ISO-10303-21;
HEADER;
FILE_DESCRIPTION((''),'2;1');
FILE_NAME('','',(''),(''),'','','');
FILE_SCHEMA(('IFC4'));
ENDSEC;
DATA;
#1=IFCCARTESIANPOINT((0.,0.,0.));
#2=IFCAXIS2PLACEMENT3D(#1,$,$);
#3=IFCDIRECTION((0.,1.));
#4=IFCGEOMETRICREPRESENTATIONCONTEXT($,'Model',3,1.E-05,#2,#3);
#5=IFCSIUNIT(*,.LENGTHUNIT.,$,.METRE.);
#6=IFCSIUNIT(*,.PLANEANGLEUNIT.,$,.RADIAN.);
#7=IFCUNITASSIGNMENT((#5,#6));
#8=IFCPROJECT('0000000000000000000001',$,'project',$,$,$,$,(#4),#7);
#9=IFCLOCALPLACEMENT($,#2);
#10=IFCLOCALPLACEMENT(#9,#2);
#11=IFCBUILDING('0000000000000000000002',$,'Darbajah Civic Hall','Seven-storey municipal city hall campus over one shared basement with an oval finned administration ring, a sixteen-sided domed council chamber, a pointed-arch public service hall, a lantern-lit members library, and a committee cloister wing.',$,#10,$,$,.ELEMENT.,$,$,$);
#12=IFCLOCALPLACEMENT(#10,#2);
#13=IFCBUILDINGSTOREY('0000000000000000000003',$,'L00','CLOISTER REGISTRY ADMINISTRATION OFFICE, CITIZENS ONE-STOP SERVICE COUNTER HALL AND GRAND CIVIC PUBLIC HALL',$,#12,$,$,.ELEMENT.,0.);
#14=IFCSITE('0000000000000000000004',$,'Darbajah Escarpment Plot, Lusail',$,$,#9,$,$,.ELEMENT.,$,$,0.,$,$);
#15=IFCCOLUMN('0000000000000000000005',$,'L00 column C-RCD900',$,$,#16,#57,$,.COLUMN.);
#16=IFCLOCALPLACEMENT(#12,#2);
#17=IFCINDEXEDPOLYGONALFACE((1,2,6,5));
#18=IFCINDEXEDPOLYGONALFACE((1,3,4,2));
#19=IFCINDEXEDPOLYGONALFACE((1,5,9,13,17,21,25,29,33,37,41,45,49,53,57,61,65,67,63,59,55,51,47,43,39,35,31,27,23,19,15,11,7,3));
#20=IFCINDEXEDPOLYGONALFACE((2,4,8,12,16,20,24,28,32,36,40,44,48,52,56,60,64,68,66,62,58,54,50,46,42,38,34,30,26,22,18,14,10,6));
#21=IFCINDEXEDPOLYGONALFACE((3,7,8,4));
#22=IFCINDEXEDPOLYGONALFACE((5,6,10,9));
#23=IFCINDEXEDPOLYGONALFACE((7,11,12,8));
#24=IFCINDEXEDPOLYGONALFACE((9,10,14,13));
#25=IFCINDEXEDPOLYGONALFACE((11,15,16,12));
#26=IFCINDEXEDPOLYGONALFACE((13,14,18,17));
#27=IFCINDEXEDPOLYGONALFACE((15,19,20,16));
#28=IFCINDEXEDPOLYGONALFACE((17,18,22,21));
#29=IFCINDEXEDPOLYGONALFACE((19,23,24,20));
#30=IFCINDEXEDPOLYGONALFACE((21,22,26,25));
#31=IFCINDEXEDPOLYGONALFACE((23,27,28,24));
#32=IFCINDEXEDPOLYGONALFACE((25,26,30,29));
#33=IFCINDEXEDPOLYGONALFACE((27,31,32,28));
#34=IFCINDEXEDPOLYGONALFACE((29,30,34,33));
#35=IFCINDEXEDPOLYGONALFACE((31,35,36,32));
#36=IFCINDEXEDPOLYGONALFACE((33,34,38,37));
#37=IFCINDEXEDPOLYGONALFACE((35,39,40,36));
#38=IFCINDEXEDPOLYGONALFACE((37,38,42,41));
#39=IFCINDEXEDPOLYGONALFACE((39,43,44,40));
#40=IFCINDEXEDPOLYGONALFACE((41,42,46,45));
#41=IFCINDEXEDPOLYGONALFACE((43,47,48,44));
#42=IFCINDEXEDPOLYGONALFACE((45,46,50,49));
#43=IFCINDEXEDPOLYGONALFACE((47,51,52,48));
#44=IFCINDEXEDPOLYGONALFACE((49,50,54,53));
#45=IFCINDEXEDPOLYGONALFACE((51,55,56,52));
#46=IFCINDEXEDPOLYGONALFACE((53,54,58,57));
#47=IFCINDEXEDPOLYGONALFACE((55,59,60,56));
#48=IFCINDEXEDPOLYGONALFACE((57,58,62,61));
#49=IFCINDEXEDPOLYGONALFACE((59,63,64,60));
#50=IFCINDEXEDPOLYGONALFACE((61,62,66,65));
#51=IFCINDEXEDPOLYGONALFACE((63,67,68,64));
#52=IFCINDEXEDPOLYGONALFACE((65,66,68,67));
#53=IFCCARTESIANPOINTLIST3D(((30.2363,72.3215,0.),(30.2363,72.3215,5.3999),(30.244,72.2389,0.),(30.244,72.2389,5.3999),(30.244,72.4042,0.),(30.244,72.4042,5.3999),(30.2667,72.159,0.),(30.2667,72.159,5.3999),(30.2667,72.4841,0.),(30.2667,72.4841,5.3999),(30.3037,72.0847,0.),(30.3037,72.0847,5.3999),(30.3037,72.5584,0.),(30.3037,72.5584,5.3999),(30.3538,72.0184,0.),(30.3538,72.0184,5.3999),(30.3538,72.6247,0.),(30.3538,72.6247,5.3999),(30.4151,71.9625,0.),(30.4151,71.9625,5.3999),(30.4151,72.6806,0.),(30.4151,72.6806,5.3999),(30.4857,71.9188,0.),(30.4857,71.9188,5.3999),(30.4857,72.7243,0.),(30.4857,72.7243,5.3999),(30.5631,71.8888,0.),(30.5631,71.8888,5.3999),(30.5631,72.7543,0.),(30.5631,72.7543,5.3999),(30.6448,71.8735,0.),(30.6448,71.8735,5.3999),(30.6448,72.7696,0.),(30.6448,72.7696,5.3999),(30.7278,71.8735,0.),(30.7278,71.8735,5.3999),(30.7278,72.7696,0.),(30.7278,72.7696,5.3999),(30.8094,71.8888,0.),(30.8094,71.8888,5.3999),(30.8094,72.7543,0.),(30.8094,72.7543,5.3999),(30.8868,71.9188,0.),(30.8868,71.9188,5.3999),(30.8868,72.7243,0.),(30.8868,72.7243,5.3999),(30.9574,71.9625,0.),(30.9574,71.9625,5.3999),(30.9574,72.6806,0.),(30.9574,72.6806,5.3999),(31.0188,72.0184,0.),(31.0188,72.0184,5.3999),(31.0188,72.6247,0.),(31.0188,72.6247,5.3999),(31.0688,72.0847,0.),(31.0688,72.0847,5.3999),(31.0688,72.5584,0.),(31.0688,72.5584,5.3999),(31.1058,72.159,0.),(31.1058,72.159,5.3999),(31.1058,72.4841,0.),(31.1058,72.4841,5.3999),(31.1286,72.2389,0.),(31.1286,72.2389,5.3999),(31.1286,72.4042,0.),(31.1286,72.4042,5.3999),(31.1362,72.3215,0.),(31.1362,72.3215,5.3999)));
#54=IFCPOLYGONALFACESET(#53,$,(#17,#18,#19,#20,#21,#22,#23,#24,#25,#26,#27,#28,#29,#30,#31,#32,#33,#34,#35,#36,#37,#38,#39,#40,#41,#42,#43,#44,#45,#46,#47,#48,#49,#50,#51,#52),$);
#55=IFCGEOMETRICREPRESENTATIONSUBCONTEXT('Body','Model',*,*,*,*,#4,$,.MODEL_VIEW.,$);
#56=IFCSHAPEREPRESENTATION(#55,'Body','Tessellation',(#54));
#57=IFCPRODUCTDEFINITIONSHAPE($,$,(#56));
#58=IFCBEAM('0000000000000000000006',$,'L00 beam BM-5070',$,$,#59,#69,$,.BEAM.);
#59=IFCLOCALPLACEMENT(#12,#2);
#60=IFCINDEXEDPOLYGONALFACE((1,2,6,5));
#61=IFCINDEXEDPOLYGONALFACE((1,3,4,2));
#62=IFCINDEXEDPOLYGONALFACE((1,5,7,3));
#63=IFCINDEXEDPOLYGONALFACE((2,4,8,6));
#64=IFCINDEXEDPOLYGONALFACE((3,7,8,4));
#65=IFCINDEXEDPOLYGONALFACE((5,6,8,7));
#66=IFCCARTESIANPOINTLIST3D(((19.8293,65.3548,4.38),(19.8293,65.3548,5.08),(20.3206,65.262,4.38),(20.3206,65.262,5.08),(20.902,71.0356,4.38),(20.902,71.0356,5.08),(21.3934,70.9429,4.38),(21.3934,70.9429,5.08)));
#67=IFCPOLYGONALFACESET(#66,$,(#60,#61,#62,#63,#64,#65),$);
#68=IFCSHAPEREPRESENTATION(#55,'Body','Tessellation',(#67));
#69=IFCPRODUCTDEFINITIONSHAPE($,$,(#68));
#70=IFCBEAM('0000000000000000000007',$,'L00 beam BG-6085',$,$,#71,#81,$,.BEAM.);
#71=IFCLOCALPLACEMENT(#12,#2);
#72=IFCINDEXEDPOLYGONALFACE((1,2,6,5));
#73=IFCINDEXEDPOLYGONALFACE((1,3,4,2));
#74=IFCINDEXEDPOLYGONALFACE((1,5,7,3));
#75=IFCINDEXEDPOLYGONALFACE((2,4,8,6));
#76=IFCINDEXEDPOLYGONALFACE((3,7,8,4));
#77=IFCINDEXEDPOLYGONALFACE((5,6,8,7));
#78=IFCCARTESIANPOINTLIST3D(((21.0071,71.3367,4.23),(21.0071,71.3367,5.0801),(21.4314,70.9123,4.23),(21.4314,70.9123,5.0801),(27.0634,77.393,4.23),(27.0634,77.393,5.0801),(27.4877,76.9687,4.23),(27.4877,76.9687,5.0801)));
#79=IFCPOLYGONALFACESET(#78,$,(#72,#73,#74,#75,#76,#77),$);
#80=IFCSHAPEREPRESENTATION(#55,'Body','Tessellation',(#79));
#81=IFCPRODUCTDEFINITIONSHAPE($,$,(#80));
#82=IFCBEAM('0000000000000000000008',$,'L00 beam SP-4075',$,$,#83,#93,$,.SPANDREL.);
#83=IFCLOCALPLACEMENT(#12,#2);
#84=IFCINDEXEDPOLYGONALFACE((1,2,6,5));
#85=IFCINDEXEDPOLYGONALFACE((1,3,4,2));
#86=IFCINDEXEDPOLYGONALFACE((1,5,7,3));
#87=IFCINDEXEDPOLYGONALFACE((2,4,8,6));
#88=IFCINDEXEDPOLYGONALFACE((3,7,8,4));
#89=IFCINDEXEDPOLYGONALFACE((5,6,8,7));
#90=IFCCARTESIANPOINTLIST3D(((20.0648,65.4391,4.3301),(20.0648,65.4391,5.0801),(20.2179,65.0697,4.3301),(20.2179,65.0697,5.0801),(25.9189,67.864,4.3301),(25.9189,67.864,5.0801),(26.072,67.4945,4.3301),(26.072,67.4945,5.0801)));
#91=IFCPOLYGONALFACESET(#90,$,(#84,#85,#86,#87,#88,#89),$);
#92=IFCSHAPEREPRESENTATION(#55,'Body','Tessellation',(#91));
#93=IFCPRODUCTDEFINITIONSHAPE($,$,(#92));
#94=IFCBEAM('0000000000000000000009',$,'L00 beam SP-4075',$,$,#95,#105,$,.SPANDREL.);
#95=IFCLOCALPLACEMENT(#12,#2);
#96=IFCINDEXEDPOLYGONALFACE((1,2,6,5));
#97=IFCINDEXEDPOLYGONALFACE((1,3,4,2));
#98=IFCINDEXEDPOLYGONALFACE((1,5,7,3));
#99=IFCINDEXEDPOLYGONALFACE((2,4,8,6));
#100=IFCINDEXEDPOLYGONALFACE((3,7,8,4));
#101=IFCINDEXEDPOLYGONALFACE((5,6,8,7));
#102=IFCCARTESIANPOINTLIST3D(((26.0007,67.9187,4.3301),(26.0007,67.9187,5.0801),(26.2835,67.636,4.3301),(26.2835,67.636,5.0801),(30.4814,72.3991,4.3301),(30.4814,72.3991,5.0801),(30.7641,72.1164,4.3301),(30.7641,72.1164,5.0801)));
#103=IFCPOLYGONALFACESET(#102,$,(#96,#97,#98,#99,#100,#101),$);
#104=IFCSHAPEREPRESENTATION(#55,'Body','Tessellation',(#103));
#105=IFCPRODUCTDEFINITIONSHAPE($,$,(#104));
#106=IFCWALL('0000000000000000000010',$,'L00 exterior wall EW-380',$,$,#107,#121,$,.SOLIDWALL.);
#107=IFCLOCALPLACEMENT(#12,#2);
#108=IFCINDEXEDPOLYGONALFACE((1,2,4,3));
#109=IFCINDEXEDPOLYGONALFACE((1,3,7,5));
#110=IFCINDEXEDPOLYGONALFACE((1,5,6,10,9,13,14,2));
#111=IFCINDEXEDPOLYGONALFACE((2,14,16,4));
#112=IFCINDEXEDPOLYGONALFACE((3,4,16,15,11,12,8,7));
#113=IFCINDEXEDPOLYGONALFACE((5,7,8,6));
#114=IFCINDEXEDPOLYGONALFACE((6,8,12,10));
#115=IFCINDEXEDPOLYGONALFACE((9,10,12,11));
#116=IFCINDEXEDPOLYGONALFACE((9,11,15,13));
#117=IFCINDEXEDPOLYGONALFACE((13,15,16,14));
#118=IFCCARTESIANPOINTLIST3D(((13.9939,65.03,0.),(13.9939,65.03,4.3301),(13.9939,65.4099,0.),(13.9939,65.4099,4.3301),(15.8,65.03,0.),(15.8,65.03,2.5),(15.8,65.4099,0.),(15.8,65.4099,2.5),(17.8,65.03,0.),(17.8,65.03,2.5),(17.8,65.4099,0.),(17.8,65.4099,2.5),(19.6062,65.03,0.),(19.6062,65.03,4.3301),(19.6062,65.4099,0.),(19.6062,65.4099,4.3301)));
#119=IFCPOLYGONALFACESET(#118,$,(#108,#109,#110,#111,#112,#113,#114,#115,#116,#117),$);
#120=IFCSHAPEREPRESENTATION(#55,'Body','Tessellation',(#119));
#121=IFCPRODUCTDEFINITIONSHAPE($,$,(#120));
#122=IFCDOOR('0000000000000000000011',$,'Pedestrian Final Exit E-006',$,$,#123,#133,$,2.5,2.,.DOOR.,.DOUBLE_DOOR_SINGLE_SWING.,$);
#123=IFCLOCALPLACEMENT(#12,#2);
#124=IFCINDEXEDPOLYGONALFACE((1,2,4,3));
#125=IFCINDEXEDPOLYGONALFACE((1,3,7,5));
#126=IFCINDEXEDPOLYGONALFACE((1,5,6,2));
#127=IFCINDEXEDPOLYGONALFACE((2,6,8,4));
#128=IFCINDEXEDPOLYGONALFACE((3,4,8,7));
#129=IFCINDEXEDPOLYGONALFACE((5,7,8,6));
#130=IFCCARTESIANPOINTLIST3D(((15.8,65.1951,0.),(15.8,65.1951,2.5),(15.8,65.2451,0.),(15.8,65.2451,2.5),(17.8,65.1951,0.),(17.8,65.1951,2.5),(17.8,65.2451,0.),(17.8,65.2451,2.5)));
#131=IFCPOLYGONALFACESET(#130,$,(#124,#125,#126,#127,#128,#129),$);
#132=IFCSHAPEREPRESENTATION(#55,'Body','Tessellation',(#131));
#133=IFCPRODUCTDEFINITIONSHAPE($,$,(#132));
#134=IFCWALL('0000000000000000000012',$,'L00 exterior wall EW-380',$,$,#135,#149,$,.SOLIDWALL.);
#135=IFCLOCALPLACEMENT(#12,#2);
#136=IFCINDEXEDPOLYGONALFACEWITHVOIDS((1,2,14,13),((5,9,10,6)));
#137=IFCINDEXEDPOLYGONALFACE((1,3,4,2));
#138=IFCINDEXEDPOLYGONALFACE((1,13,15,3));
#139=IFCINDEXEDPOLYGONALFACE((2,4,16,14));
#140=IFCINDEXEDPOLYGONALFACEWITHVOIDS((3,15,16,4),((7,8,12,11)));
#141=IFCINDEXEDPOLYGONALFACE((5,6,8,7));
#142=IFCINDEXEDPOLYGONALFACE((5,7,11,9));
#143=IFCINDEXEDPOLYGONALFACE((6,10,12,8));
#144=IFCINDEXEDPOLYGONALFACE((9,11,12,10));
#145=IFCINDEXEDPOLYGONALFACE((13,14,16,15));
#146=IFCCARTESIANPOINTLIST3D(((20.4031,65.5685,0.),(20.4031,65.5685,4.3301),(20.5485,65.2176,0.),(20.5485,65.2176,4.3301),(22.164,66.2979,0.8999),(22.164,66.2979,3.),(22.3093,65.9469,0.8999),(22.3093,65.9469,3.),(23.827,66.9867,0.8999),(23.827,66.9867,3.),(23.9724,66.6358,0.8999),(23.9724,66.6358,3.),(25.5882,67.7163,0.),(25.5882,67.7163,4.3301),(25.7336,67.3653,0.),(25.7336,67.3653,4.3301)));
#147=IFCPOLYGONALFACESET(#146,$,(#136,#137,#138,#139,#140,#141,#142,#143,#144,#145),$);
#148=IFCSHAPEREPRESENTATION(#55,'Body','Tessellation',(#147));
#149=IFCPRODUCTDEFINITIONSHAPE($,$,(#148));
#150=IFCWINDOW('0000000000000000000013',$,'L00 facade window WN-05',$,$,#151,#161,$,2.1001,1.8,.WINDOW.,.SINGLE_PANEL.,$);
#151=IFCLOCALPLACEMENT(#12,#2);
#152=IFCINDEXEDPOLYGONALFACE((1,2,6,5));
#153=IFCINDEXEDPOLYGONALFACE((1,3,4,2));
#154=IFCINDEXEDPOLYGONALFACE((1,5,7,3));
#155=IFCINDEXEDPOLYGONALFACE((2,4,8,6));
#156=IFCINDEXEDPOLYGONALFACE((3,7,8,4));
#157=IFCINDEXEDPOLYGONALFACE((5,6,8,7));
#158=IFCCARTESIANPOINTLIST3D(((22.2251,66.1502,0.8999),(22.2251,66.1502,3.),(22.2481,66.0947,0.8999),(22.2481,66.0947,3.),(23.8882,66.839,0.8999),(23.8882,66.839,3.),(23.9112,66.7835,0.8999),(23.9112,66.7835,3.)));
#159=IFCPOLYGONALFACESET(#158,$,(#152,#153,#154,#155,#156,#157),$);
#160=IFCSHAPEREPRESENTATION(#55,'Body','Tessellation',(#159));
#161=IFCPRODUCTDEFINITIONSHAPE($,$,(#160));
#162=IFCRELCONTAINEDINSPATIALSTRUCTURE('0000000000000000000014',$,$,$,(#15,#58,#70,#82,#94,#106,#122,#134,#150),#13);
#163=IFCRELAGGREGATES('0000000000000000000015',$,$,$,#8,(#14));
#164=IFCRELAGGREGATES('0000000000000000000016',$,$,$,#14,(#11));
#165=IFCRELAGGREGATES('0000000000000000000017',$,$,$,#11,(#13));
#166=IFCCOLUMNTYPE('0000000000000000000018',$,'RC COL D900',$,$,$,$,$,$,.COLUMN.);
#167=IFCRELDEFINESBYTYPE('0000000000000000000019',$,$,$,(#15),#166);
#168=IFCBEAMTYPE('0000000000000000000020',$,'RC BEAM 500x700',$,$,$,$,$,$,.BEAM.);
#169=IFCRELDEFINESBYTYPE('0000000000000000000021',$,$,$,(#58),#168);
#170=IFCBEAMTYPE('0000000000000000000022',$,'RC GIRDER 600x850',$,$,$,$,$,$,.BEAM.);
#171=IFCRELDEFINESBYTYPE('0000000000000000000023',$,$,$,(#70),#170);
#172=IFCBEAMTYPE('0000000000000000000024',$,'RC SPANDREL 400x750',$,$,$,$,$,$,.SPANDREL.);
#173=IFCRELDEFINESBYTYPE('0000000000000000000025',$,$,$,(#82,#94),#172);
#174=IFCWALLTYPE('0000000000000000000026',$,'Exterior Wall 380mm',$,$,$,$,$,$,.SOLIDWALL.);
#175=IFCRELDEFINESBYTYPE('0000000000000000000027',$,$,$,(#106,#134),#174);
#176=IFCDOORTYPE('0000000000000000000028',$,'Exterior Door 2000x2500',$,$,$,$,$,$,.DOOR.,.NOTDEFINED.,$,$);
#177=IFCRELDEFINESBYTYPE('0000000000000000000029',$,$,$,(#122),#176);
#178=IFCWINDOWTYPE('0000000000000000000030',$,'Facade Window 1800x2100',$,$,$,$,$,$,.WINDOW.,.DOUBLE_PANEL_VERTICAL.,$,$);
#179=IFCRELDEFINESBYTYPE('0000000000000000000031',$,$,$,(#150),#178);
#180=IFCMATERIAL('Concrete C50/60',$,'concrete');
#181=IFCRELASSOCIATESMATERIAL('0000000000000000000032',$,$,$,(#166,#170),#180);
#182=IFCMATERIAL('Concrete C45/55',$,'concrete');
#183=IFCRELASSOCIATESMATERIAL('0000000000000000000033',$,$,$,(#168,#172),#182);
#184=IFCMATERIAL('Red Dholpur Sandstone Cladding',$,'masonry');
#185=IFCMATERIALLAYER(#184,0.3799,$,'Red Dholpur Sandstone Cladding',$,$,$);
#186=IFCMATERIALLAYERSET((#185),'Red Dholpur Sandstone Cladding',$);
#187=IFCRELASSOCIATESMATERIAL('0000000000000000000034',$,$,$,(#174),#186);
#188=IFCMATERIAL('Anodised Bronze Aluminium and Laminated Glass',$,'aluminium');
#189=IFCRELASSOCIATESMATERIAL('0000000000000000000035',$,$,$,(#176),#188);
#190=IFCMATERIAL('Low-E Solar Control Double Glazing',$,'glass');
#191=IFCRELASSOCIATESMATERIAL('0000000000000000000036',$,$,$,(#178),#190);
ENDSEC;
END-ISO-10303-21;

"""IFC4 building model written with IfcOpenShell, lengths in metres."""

from ifc_helpers import new_model, si_unit, direction, frame, frame_2d, origin, origin_2d, place, context, subcontext, project, spatial, rectangle, circle, extrude, material, layer, layer_set, material_profile, profile_set, type_object, element, fill, save


model = new_model("IFC4")

# Units and contexts
model_context = context("Model", 3, precision=1e-05, world=origin(), true_north=direction((0.0, 1.0)))
body_context = subcontext(model_context, "Body", "Model", "MODEL_VIEW")
ifc_project = project(units=[si_unit("LENGTHUNIT", "METRE"), si_unit("PLANEANGLEUNIT", "RADIAN")], contexts=[model_context])

# Site, building, storey
site_placement = place(None, origin())
site = spatial("IfcSite", under=ifc_project, at=site_placement, Name="Darbajah Escarpment Plot, Lusail", CompositionType="ELEMENT", RefElevation=0.0)
building_placement = place(site_placement, origin())
building = spatial("IfcBuilding", under=site, at=building_placement, Name="Darbajah Civic Hall", Description="Seven-storey municipal city hall campus over one shared basement with an oval finned administration ring, a sixteen-sided domed council chamber, a pointed-arch public service hall, a lantern-lit members library, and a committee cloister wing.", CompositionType="ELEMENT")
storey_placement = place(building_placement, origin())
storey = spatial("IfcBuildingStorey", under=building, at=storey_placement, Name="L00", Description="CLOISTER REGISTRY ADMINISTRATION OFFICE, CITIZENS ONE-STOP SERVICE COUNTER HALL AND GRAND CIVIC PUBLIC HALL", CompositionType="ELEMENT", Elevation=0.0)

# Column
ifc_material_1 = material(Name="Concrete C45/55", Category="concrete")
ifc_material_2 = material(Name="Concrete C50/60", Category="concrete")
ifc_material_profile_1 = material_profile(ifc_material_2, circle(Radius=0.45, at=origin_2d()), Name="RC COL D900")
ifc_profile_set_1 = profile_set([ifc_material_profile_1], Name="Concrete C50/60")
column_type_1 = type_object("IfcColumnType", Name="RC COL D900", PredefinedType="COLUMN", material=ifc_profile_set_1)
for number, where, z_axis, x_axis, name in (
    (1, (30.6863, 72.3215, 0.0), (0.0, 0.0, 1.0), (1.0, 0.0, 0.0), "L00 column C-RCD900"),
):
    element("IfcColumn", number, at=place(storey_placement, frame(where, z_axis=z_axis, x_axis=x_axis)), inside=storey, type_object=column_type_1, Name=name, PredefinedType="COLUMN", context=body_context, shape_type="SweptSolid", body=[
        extrude(circle(Radius=0.45, at=origin_2d()), origin(), (0.0, 0.0, 1.0), 5.3999),
    ])

# Beams
ifc_material_profile_2 = material_profile(ifc_material_1, rectangle(XDim=0.5, YDim=0.7, at=origin_2d()), Name="RC BEAM 500x700")
ifc_profile_set_2 = profile_set([ifc_material_profile_2], Name="Concrete C45/55")
beam_type_1 = type_object("IfcBeamType", Name="RC BEAM 500x700", PredefinedType="BEAM", material=ifc_profile_set_2)
beam_1_placement = place(storey_placement, frame((21.1477, 70.9893, 4.73), z_axis=(-0.185556, -0.982634, 0.0), x_axis=(0.982634, -0.185556, 0.0)))
element("IfcBeam", 2, at=beam_1_placement, inside=storey, type_object=beam_type_1, Name="L00 beam BM-5070", PredefinedType="BEAM", context=body_context, shape_type="SweptSolid", body=[
    extrude(rectangle(XDim=0.5, YDim=0.7, at=origin_2d()), origin(), (0.0, 0.0, 1.0), 5.7812),
])
ifc_material_profile_3 = material_profile(ifc_material_2, rectangle(XDim=0.6001, YDim=0.8501, at=origin_2d()), Name="RC GIRDER 600x850")
ifc_profile_set_3 = profile_set([ifc_material_profile_3], Name="Concrete C50/60")
beam_type_2 = type_object("IfcBeamType", Name="RC GIRDER 600x850", PredefinedType="BEAM", material=ifc_profile_set_3)
beam_2_placement = place(storey_placement, frame((21.2192, 71.1245, 4.655), z_axis=(0.707107, 0.707107, 0.0), x_axis=(-0.707107, 0.707107, 0.0)))
element("IfcBeam", 3, at=beam_2_placement, inside=storey, type_object=beam_type_2, Name="L00 beam BG-6085", PredefinedType="BEAM", context=body_context, shape_type="SweptSolid", body=[
    extrude(rectangle(XDim=0.6001, YDim=0.8501, at=origin_2d()), origin(), (0.0, 0.0, 1.0), 8.5649),
])
ifc_material_profile_4 = material_profile(ifc_material_1, rectangle(XDim=0.3999, YDim=0.75, at=origin_2d()), Name="RC SPANDREL 400x750")
ifc_profile_set_4 = profile_set([ifc_material_profile_4], Name="Concrete C45/55")
beam_type_3 = type_object("IfcBeamType", Name="RC SPANDREL 400x750", PredefinedType="SPANDREL", material=ifc_profile_set_4)
for number, where, z_axis, x_axis, name in (
    (4, (20.1414, 65.2544, 4.7051), (0.92388, 0.382683, 0.0), (-0.382683, 0.92388, 0.0), "L00 beam SP-4075"),
    (5, (26.1421, 67.7773, 4.7051), (0.707126, 0.707088, 0.0), (-0.707088, 0.707126, 0.0), "L00 beam SP-4075"),
):
    element("IfcBeam", number, at=place(storey_placement, frame(where, z_axis=z_axis, x_axis=x_axis)), inside=storey, type_object=beam_type_3, Name=name, PredefinedType="SPANDREL", context=body_context, shape_type="SweptSolid", body=[
        extrude(rectangle(XDim=0.3999, YDim=0.75, at=origin_2d()), origin(), (0.0, 0.0, 1.0), 6.3364),
    ])

# Wall, opening, door
ifc_material_3 = material(Name="Red Dholpur Sandstone Cladding", Category="masonry")
ifc_layer_1 = layer(ifc_material_3, 0.3799, Name="Red Dholpur Sandstone Cladding")
ifc_layer_set_1 = layer_set([ifc_layer_1], Name="Red Dholpur Sandstone Cladding")
wall_type_1 = type_object("IfcWallType", Name="Exterior Wall 380mm", PredefinedType="SOLIDWALL", material=ifc_layer_set_1)
wall_1_placement = place(storey_placement, frame((13.9939, 65.22, 0.0), z_axis=(0.0, 0.0, 1.0), x_axis=(1.0, 0.0, 0.0)))
wall_1 = element("IfcWall", 6, at=wall_1_placement, inside=storey, type_object=wall_type_1, Name="L00 exterior wall EW-380", PredefinedType="SOLIDWALL", context=body_context, shape_type="SweptSolid", body=[
    extrude(rectangle(XDim=5.6123, YDim=0.3799, at=frame_2d((2.8062, 0.0))), origin(), (0.0, 0.0, 1.0), 4.3301),
])
opening_1_placement = place(wall_1_placement, frame((1.8062, 0.0, 0.0)))
opening_1 = element("IfcOpeningElement", 7, at=opening_1_placement, cuts=wall_1, PredefinedType="OPENING", context=body_context, shape_type="SweptSolid", body=[
    extrude(rectangle(XDim=2.0, YDim=2.5, at=frame_2d((1.0, 1.25))), frame((0.0, 0.2, 0.0), z_axis=(0.0, -1.0, 0.0), x_axis=(1.0, 0.0, 0.0)), (0.0, 0.0, 1.0), 0.3999),
])
ifc_material_4 = material(Name="Anodised Bronze Aluminium and Laminated Glass", Category="aluminium")
door_type_1 = type_object("IfcDoorType", Name="Exterior Door 2000x2500", OperationType="NOTDEFINED", PredefinedType="DOOR", material=ifc_material_4)
door_1_placement = place(opening_1_placement, frame((2.0, 0.0, 0.0), z_axis=(0.0, 0.0, 1.0), x_axis=(-1.0, 0.0, 0.0)))
door_1 = element("IfcDoor", 8, at=door_1_placement, inside=storey, type_object=door_type_1, Name="Pedestrian Final Exit E-006", OperationType="DOUBLE_DOOR_SINGLE_SWING", OverallHeight=2.5, OverallWidth=2.0, PredefinedType="DOOR", context=body_context, shape_type="SweptSolid", body=[
    extrude(rectangle(XDim=2.0, YDim=2.5, at=frame_2d((1.0, 1.25))), frame((0.0, 0.0249, 0.0), z_axis=(0.0, -1.0, 0.0), x_axis=(1.0, 0.0, 0.0)), (0.0, 0.0, 1.0), 0.05),
])
fill(opening_1, door_1)

# Wall, opening, window
wall_2_placement = place(storey_placement, frame((20.4758, 65.3931, 0.0), z_axis=(0.0, 0.0, 1.0), x_axis=(0.923881, 0.382681, 0.0)))
wall_2 = element("IfcWall", 9, at=wall_2_placement, inside=storey, type_object=wall_type_1, Name="L00 exterior wall EW-380", PredefinedType="SOLIDWALL", context=body_context, shape_type="SweptSolid", body=[
    extrude(rectangle(XDim=5.6123, YDim=0.3799, at=frame_2d((2.8062, 0.0))), origin(), (0.0, 0.0, 1.0), 4.3301),
])
opening_2_placement = place(wall_2_placement, frame((1.906, 0.0, 0.8999)))
opening_2 = element("IfcOpeningElement", 10, at=opening_2_placement, cuts=wall_2, PredefinedType="OPENING", context=body_context, shape_type="SweptSolid", body=[
    extrude(rectangle(XDim=1.8, YDim=2.1001, at=frame_2d((0.8999, 1.05))), frame((0.0, 0.2, 0.0), z_axis=(0.0, -1.0, 0.0), x_axis=(1.0, 0.0, 0.0)), (0.0, 0.0, 1.0), 0.3999),
])
ifc_material_5 = material(Name="Low-E Solar Control Double Glazing", Category="glass")
window_type_1 = type_object("IfcWindowType", Name="Facade Window 1800x2100", PartitioningType="DOUBLE_PANEL_VERTICAL", PredefinedType="WINDOW", material=ifc_material_5)
window_1_placement = place(opening_2_placement, origin())
window_1 = element("IfcWindow", 11, at=window_1_placement, inside=storey, type_object=window_type_1, Name="L00 facade window WN-05", OverallHeight=2.1001, OverallWidth=1.8, PartitioningType="SINGLE_PANEL", PredefinedType="WINDOW", context=body_context, shape_type="SweptSolid", body=[
    extrude(rectangle(XDim=1.8, YDim=2.1001, at=frame_2d((0.8999, 1.05))), frame((0.0, 0.03, 0.0), z_axis=(0.0, -1.0, 0.0), x_axis=(1.0, 0.0, 0.0)), (0.0, 0.0, 1.0), 0.0601),
])
fill(opening_2, window_1)

save(model, "model.ifc")
